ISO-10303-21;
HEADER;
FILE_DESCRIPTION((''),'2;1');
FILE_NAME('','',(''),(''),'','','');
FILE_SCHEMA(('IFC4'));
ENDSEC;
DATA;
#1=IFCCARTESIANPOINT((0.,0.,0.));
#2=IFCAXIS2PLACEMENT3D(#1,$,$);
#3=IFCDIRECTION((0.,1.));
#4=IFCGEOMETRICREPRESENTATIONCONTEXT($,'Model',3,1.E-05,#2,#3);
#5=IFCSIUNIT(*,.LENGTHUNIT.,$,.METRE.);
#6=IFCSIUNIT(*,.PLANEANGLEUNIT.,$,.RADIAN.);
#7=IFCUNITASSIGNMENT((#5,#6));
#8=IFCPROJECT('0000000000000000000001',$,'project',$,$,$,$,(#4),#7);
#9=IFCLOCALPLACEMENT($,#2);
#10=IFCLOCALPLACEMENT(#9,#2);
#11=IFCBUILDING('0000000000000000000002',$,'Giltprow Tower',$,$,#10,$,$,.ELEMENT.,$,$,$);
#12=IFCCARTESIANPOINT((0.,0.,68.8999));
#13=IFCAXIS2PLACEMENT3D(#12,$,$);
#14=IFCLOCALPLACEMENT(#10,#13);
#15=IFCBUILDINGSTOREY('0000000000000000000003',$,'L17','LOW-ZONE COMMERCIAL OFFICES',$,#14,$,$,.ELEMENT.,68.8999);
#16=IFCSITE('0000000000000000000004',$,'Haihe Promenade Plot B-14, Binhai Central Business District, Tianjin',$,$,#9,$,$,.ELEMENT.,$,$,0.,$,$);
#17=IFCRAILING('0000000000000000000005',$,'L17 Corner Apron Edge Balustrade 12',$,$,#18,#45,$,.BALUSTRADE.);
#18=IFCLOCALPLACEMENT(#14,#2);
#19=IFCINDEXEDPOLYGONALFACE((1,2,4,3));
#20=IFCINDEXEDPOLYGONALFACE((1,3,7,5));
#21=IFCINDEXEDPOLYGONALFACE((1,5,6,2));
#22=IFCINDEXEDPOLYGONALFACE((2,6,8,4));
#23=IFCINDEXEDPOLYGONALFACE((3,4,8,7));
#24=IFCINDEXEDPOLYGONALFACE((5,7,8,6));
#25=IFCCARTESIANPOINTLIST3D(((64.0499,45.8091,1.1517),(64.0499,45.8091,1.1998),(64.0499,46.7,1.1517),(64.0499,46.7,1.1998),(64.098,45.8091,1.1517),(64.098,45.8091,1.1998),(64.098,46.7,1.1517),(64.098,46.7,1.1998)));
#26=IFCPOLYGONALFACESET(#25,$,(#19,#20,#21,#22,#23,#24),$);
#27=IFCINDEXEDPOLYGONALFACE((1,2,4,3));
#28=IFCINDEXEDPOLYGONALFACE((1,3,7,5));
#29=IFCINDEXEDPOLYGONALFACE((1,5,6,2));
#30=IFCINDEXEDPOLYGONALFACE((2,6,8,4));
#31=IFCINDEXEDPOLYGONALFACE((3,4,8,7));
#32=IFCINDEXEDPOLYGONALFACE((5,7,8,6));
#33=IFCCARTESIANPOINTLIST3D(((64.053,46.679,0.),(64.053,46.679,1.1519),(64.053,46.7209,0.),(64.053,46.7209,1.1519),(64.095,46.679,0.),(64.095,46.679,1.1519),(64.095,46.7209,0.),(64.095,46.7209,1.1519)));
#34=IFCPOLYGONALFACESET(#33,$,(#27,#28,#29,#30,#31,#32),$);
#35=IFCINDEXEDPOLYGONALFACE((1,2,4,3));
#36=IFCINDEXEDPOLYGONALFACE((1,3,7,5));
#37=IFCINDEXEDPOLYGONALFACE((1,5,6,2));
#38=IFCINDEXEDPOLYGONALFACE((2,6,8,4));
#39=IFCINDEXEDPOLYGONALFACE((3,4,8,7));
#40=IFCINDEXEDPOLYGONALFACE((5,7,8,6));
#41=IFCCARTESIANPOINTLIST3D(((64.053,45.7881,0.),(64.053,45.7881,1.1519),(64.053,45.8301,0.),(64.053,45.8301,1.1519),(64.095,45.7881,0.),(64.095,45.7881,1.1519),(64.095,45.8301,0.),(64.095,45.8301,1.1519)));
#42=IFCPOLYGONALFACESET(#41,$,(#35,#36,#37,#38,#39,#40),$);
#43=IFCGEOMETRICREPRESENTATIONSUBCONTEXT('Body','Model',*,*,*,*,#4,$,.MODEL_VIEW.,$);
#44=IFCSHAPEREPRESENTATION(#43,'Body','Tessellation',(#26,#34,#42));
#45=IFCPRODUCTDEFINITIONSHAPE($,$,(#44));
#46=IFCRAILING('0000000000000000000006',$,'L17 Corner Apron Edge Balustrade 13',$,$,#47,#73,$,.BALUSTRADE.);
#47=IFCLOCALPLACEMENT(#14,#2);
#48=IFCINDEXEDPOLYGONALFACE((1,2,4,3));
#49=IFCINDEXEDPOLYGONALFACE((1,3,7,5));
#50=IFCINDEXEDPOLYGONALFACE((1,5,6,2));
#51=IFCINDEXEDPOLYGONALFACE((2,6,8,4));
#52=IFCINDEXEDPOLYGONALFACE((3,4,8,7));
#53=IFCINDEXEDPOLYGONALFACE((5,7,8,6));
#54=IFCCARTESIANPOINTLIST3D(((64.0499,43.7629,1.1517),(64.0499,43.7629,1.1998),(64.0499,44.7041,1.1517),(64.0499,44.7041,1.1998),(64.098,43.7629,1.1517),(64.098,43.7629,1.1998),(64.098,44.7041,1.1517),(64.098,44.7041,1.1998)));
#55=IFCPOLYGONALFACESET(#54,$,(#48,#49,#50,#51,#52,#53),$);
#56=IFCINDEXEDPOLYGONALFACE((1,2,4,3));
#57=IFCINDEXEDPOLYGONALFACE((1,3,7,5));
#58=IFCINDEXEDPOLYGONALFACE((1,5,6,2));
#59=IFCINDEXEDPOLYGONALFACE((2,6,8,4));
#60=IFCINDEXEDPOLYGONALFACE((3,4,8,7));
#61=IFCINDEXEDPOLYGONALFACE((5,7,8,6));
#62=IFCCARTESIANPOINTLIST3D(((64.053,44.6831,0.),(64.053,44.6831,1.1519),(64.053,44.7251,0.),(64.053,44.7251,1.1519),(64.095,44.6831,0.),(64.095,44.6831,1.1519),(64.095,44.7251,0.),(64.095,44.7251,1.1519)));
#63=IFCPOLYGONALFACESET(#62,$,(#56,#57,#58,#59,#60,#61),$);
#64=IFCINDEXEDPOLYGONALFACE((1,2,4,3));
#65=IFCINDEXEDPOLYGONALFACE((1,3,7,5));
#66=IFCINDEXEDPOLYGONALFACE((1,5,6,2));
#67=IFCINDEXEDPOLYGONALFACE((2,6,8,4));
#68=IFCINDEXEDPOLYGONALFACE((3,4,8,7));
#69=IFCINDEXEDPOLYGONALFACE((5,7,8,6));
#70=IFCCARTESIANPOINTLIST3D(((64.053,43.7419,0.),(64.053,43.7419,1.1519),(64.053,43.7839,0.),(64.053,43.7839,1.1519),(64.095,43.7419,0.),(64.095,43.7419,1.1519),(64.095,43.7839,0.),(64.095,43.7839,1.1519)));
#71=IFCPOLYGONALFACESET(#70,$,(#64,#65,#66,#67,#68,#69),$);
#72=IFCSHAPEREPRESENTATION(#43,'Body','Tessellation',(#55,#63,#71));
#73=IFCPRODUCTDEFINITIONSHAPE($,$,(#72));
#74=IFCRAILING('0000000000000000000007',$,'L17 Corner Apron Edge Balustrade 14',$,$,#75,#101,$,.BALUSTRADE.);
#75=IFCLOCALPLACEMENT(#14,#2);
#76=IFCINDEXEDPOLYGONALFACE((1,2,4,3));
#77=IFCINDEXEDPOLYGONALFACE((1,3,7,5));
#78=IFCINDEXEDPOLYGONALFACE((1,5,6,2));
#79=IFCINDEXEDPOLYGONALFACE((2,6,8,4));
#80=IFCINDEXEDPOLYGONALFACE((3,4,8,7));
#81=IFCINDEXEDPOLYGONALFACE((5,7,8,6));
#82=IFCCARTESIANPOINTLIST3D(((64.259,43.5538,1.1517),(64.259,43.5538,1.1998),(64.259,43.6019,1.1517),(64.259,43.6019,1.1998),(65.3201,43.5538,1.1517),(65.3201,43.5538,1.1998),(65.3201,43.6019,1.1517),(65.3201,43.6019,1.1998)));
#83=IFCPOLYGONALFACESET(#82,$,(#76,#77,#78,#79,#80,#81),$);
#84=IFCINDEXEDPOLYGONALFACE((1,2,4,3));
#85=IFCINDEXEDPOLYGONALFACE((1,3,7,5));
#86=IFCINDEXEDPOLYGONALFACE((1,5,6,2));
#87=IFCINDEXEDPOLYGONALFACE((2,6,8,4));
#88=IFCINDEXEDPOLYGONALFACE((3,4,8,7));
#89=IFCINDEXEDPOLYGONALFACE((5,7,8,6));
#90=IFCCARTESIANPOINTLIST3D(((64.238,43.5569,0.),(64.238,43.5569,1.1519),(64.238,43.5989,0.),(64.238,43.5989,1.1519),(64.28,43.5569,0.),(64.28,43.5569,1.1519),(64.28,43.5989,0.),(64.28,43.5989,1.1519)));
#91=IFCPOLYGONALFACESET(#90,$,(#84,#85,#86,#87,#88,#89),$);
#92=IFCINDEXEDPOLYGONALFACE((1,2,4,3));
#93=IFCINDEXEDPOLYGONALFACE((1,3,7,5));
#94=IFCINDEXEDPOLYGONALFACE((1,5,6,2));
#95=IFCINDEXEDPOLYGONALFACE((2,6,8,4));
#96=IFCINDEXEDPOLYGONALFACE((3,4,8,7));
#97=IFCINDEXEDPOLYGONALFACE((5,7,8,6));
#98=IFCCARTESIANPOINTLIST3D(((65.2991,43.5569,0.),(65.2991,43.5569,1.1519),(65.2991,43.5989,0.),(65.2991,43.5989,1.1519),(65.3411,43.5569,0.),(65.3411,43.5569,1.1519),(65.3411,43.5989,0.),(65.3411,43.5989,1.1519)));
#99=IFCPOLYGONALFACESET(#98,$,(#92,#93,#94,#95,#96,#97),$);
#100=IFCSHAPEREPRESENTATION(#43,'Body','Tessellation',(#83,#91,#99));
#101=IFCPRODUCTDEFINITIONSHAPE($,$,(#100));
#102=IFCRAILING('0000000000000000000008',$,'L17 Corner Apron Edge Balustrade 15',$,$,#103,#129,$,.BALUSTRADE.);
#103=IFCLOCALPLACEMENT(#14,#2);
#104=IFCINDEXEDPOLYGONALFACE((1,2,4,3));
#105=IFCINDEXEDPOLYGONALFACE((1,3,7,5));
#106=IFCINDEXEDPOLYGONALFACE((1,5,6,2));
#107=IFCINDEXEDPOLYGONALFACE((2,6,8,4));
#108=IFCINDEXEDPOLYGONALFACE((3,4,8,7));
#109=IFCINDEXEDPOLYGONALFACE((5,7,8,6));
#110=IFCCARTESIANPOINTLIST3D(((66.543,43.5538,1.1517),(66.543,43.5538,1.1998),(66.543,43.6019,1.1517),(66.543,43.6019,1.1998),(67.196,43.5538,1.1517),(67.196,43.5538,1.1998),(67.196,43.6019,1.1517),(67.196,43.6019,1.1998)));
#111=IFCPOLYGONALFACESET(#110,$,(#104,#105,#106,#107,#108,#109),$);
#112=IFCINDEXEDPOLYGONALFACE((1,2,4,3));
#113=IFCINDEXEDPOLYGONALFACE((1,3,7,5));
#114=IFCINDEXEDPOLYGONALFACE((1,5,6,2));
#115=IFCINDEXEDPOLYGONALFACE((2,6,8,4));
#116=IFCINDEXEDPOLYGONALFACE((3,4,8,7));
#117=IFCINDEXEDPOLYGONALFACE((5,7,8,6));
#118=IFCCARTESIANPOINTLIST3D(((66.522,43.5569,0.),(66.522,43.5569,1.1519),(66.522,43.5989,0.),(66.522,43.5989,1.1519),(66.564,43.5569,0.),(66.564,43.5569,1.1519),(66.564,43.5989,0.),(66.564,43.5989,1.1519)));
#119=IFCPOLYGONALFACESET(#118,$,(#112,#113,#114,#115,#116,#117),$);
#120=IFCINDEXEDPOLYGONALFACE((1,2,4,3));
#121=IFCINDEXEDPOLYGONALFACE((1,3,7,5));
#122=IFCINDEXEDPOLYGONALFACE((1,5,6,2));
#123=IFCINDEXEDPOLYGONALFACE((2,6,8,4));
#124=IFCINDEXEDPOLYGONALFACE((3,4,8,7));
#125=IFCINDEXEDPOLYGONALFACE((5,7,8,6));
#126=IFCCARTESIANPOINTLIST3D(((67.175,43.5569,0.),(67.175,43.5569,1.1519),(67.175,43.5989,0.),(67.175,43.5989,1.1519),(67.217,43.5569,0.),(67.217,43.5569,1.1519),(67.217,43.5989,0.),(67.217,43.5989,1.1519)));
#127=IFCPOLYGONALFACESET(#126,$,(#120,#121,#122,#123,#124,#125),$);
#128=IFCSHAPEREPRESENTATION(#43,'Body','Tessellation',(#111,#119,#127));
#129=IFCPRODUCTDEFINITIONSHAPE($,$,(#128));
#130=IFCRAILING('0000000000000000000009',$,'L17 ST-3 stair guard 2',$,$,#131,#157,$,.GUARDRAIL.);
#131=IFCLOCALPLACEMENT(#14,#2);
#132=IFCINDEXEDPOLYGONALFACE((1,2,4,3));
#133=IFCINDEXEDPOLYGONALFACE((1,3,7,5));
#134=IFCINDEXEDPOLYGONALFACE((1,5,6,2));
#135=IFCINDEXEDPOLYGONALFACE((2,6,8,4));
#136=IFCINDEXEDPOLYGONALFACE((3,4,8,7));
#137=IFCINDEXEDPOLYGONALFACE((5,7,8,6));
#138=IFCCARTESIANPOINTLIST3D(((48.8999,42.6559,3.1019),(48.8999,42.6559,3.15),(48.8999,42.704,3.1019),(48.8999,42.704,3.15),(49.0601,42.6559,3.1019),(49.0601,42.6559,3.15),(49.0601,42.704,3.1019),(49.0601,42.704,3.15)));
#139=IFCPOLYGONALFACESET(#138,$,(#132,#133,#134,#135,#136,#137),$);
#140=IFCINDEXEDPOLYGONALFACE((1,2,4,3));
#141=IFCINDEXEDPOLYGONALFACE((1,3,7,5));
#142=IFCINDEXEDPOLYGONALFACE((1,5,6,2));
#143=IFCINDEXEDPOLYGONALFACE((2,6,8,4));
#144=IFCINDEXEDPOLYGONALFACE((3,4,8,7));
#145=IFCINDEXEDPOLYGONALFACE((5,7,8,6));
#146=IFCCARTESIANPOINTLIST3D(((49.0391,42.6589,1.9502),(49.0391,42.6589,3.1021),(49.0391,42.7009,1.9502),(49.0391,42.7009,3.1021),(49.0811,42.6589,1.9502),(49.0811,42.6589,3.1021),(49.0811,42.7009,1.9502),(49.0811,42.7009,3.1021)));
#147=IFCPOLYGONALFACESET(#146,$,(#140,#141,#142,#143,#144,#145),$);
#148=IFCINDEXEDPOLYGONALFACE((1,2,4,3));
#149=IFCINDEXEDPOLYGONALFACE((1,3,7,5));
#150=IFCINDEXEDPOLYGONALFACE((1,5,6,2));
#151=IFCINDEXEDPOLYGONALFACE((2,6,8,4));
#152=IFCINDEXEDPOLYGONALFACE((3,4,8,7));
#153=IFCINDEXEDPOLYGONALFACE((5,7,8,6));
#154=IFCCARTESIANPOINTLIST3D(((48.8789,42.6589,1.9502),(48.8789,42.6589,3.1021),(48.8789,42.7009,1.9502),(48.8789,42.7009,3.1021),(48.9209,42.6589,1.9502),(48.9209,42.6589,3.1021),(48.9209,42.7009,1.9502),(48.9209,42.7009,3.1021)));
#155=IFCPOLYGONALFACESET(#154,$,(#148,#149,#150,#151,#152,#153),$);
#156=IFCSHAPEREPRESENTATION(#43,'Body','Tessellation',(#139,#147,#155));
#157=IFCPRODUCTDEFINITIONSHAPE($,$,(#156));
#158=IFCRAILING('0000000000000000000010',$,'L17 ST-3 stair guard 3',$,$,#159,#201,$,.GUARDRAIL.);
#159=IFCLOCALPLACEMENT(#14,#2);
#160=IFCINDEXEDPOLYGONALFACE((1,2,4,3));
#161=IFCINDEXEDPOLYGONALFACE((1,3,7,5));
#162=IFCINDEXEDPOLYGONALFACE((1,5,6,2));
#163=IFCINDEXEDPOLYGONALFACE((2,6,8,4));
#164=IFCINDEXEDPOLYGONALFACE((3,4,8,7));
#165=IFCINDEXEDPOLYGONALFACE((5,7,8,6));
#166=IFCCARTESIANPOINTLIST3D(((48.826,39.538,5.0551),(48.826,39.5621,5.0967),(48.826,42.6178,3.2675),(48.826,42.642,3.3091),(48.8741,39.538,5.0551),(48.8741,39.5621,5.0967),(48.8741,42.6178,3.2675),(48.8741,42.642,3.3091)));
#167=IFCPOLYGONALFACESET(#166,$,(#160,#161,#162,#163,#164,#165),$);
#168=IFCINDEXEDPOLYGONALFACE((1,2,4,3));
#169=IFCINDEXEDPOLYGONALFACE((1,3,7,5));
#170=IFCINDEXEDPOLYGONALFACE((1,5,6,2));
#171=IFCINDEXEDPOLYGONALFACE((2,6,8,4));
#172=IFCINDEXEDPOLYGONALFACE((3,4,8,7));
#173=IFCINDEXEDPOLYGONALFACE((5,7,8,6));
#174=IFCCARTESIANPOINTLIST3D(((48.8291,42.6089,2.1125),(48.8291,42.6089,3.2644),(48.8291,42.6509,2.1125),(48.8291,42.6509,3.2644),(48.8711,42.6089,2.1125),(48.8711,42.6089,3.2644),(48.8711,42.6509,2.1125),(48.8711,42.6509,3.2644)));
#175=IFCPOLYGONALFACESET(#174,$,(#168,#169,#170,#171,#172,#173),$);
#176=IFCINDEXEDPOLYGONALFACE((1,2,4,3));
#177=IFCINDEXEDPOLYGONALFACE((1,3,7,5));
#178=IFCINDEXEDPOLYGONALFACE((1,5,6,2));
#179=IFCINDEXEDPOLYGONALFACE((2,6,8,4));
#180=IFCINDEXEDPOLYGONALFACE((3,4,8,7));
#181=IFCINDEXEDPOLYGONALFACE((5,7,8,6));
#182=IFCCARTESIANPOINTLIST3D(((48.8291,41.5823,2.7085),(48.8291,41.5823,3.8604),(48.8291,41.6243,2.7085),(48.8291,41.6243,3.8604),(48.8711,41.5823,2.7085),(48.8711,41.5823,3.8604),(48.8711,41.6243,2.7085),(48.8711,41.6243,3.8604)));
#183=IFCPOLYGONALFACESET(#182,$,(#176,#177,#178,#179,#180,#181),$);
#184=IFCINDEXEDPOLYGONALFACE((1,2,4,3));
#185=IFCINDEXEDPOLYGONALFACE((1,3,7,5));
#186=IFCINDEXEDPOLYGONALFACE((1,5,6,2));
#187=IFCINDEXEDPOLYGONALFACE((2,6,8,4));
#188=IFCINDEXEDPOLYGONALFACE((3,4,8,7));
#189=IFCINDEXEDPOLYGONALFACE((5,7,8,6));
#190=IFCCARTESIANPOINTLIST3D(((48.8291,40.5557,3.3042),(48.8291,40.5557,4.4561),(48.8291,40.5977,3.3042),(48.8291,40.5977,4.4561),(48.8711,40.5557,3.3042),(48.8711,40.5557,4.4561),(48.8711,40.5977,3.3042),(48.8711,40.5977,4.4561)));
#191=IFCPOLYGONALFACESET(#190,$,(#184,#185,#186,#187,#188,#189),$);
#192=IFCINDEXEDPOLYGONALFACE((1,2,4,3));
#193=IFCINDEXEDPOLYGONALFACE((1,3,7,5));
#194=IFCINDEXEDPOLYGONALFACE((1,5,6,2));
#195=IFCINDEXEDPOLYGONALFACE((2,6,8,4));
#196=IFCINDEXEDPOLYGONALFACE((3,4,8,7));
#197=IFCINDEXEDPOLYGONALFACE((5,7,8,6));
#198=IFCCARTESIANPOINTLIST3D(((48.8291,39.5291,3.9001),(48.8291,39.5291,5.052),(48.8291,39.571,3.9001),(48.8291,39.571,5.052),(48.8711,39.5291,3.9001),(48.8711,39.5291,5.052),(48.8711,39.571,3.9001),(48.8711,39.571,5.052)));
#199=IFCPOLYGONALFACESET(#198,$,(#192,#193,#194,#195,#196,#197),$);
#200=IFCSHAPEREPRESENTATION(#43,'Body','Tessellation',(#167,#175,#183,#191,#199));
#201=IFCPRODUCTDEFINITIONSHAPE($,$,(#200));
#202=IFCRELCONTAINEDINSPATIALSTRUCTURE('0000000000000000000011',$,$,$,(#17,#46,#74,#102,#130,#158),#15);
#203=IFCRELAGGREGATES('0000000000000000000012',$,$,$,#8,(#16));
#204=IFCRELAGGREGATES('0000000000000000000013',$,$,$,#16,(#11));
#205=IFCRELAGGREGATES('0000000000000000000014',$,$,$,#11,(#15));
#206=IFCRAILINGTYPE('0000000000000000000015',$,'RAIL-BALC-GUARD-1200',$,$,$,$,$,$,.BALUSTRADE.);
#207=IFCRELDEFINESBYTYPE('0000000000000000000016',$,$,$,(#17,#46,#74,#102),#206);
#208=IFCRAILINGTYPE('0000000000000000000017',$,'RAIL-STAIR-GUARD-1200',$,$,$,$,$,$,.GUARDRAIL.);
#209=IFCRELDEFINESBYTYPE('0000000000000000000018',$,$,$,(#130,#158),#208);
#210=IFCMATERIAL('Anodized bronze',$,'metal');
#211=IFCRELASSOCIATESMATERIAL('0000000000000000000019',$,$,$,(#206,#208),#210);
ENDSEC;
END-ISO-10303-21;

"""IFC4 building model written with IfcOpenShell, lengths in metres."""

from ifc_helpers import new_model, si_unit, direction, frame, origin, origin_2d, place, context, subcontext, project, spatial, rectangle, extrude, material, type_object, element, save


model = new_model("IFC4")

# Units and contexts
model_context = context("Model", 3, precision=1e-05, world=origin(), true_north=direction((0.0, 1.0)))
body_context = subcontext(model_context, "Body", "Model", "MODEL_VIEW")
ifc_project = project(units=[si_unit("LENGTHUNIT", "METRE"), si_unit("PLANEANGLEUNIT", "RADIAN")], contexts=[model_context])

# Site, building, storey
site_placement = place(None, origin())
site = spatial("IfcSite", under=ifc_project, at=site_placement, Name="Haihe Promenade Plot B-14, Binhai Central Business District, Tianjin", CompositionType="ELEMENT", RefElevation=0.0)
building_placement = place(site_placement, origin())
building = spatial("IfcBuilding", under=site, at=building_placement, Name="Giltprow Tower", CompositionType="ELEMENT")
storey_placement = place(building_placement, frame((0.0, 0.0, 68.8999)))
storey = spatial("IfcBuildingStorey", under=building, at=storey_placement, Name="L17", Description="LOW-ZONE COMMERCIAL OFFICES", CompositionType="ELEMENT", Elevation=68.8999)

# Railings
ifc_material_1 = material(Name="Anodized bronze", Category="metal")
railing_type_1 = type_object("IfcRailingType", Name="RAIL-BALC-GUARD-1200", PredefinedType="BALUSTRADE", material=ifc_material_1)
railing_1_placement = place(storey_placement, frame((64.074, 46.7, 0.0)))
element("IfcRailing", 1, at=railing_1_placement, inside=storey, type_object=railing_type_1, Name="L17 Corner Apron Edge Balustrade 12", PredefinedType="BALUSTRADE", context=body_context, shape_type="SweptSolid", body=[
    extrude(rectangle(XDim=0.0481, YDim=0.0481, at=origin_2d()), frame((0.0, 0.0, 1.1758), z_axis=(0.0, -1.0, 0.0), x_axis=(1.0, 0.0, 0.0)), (0.0, 0.0, 1.0), 0.8909),
    extrude(rectangle(XDim=0.042, YDim=0.042, at=origin_2d()), origin(), (0.0, 0.0, 1.0), 1.1519),
    extrude(rectangle(XDim=0.042, YDim=0.042, at=origin_2d()), frame((0.0, -0.8909, 0.0)), (0.0, 0.0, 1.0), 1.1519),
])
railing_2_placement = place(storey_placement, frame((64.074, 44.7041, 0.0)))
element("IfcRailing", 2, at=railing_2_placement, inside=storey, type_object=railing_type_1, Name="L17 Corner Apron Edge Balustrade 13", PredefinedType="BALUSTRADE", context=body_context, shape_type="SweptSolid", body=[
    extrude(rectangle(XDim=0.0481, YDim=0.0481, at=origin_2d()), frame((0.0, 0.0, 1.1758), z_axis=(0.0, -1.0, 0.0), x_axis=(1.0, 0.0, 0.0)), (0.0, 0.0, 1.0), 0.9412),
    extrude(rectangle(XDim=0.042, YDim=0.042, at=origin_2d()), origin(), (0.0, 0.0, 1.0), 1.1519),
    extrude(rectangle(XDim=0.042, YDim=0.042, at=origin_2d()), frame((0.0, -0.9412, 0.0)), (0.0, 0.0, 1.0), 1.1519),
])
railing_3_placement = place(storey_placement, frame((64.259, 43.5779, 0.0)))
element("IfcRailing", 3, at=railing_3_placement, inside=storey, type_object=railing_type_1, Name="L17 Corner Apron Edge Balustrade 14", PredefinedType="BALUSTRADE", context=body_context, shape_type="SweptSolid", body=[
    extrude(rectangle(XDim=0.0481, YDim=0.0481, at=origin_2d()), frame((0.0, 0.0, 1.1758), z_axis=(1.0, 0.0, 0.0), x_axis=(0.0, 1.0, 0.0)), (0.0, 0.0, 1.0), 1.061),
    extrude(rectangle(XDim=0.042, YDim=0.042, at=origin_2d()), origin(), (0.0, 0.0, 1.0), 1.1519),
    extrude(rectangle(XDim=0.042, YDim=0.042, at=origin_2d()), frame((1.061, 0.0, 0.0)), (0.0, 0.0, 1.0), 1.1519),
])
railing_4_placement = place(storey_placement, frame((66.543, 43.5779, 0.0)))
element("IfcRailing", 4, at=railing_4_placement, inside=storey, type_object=railing_type_1, Name="L17 Corner Apron Edge Balustrade 15", PredefinedType="BALUSTRADE", context=body_context, shape_type="SweptSolid", body=[
    extrude(rectangle(XDim=0.0481, YDim=0.0481, at=origin_2d()), frame((0.0, 0.0, 1.1758), z_axis=(1.0, 0.0, 0.0), x_axis=(0.0, 1.0, 0.0)), (0.0, 0.0, 1.0), 0.6531),
    extrude(rectangle(XDim=0.042, YDim=0.042, at=origin_2d()), origin(), (0.0, 0.0, 1.0), 1.1519),
    extrude(rectangle(XDim=0.042, YDim=0.042, at=origin_2d()), frame((0.6531, 0.0, 0.0)), (0.0, 0.0, 1.0), 1.1519),
])
railing_type_2 = type_object("IfcRailingType", Name="RAIL-STAIR-GUARD-1200", PredefinedType="GUARDRAIL", material=ifc_material_1)
railing_5_placement = place(storey_placement, frame((49.0601, 42.6799, 1.9502)))
element("IfcRailing", 5, at=railing_5_placement, inside=storey, type_object=railing_type_2, Name="L17 ST-3 stair guard 2", PredefinedType="GUARDRAIL", context=body_context, shape_type="SweptSolid", body=[
    extrude(rectangle(XDim=0.0481, YDim=0.0481, at=origin_2d()), frame((0.0, 0.0, 1.1758), z_axis=(-1.0, 0.0, 0.0), x_axis=(0.0, -1.0, 0.0)), (0.0, 0.0, 1.0), 0.1602),
    extrude(rectangle(XDim=0.042, YDim=0.042, at=origin_2d()), origin(), (0.0, 0.0, 1.0), 1.1519),
    extrude(rectangle(XDim=0.042, YDim=0.042, at=origin_2d()), frame((-0.1602, 0.0, 0.0)), (0.0, 0.0, 1.0), 1.1519),
])
railing_6_placement = place(storey_placement, frame((48.8501, 42.6299, 2.1125)))
element("IfcRailing", 6, at=railing_6_placement, inside=storey, type_object=railing_type_2, Name="L17 ST-3 stair guard 3", PredefinedType="GUARDRAIL", context=body_context, shape_type="SweptSolid", body=[
    extrude(rectangle(XDim=0.0481, YDim=0.0481, at=origin_2d()), frame((0.0, 0.0, 1.1758), z_axis=(0.0, -0.864873, 0.50199), x_axis=(1.0, 0.0, 0.0)), (0.0, 0.0, 1.0), 3.561),
    extrude(rectangle(XDim=0.042, YDim=0.042, at=origin_2d()), origin(), (0.0, 0.0, 1.0), 1.1519),
    extrude(rectangle(XDim=0.042, YDim=0.042, at=origin_2d()), frame((0.0, -1.0266, 0.5959)), (0.0, 0.0, 1.0), 1.1519),
    extrude(rectangle(XDim=0.042, YDim=0.042, at=origin_2d()), frame((0.0, -2.0532, 1.1917)), (0.0, 0.0, 1.0), 1.1519),
    extrude(rectangle(XDim=0.042, YDim=0.042, at=origin_2d()), frame((0.0, -3.0798, 1.7876)), (0.0, 0.0, 1.0), 1.1519),
])

save(model, "model.ifc")
